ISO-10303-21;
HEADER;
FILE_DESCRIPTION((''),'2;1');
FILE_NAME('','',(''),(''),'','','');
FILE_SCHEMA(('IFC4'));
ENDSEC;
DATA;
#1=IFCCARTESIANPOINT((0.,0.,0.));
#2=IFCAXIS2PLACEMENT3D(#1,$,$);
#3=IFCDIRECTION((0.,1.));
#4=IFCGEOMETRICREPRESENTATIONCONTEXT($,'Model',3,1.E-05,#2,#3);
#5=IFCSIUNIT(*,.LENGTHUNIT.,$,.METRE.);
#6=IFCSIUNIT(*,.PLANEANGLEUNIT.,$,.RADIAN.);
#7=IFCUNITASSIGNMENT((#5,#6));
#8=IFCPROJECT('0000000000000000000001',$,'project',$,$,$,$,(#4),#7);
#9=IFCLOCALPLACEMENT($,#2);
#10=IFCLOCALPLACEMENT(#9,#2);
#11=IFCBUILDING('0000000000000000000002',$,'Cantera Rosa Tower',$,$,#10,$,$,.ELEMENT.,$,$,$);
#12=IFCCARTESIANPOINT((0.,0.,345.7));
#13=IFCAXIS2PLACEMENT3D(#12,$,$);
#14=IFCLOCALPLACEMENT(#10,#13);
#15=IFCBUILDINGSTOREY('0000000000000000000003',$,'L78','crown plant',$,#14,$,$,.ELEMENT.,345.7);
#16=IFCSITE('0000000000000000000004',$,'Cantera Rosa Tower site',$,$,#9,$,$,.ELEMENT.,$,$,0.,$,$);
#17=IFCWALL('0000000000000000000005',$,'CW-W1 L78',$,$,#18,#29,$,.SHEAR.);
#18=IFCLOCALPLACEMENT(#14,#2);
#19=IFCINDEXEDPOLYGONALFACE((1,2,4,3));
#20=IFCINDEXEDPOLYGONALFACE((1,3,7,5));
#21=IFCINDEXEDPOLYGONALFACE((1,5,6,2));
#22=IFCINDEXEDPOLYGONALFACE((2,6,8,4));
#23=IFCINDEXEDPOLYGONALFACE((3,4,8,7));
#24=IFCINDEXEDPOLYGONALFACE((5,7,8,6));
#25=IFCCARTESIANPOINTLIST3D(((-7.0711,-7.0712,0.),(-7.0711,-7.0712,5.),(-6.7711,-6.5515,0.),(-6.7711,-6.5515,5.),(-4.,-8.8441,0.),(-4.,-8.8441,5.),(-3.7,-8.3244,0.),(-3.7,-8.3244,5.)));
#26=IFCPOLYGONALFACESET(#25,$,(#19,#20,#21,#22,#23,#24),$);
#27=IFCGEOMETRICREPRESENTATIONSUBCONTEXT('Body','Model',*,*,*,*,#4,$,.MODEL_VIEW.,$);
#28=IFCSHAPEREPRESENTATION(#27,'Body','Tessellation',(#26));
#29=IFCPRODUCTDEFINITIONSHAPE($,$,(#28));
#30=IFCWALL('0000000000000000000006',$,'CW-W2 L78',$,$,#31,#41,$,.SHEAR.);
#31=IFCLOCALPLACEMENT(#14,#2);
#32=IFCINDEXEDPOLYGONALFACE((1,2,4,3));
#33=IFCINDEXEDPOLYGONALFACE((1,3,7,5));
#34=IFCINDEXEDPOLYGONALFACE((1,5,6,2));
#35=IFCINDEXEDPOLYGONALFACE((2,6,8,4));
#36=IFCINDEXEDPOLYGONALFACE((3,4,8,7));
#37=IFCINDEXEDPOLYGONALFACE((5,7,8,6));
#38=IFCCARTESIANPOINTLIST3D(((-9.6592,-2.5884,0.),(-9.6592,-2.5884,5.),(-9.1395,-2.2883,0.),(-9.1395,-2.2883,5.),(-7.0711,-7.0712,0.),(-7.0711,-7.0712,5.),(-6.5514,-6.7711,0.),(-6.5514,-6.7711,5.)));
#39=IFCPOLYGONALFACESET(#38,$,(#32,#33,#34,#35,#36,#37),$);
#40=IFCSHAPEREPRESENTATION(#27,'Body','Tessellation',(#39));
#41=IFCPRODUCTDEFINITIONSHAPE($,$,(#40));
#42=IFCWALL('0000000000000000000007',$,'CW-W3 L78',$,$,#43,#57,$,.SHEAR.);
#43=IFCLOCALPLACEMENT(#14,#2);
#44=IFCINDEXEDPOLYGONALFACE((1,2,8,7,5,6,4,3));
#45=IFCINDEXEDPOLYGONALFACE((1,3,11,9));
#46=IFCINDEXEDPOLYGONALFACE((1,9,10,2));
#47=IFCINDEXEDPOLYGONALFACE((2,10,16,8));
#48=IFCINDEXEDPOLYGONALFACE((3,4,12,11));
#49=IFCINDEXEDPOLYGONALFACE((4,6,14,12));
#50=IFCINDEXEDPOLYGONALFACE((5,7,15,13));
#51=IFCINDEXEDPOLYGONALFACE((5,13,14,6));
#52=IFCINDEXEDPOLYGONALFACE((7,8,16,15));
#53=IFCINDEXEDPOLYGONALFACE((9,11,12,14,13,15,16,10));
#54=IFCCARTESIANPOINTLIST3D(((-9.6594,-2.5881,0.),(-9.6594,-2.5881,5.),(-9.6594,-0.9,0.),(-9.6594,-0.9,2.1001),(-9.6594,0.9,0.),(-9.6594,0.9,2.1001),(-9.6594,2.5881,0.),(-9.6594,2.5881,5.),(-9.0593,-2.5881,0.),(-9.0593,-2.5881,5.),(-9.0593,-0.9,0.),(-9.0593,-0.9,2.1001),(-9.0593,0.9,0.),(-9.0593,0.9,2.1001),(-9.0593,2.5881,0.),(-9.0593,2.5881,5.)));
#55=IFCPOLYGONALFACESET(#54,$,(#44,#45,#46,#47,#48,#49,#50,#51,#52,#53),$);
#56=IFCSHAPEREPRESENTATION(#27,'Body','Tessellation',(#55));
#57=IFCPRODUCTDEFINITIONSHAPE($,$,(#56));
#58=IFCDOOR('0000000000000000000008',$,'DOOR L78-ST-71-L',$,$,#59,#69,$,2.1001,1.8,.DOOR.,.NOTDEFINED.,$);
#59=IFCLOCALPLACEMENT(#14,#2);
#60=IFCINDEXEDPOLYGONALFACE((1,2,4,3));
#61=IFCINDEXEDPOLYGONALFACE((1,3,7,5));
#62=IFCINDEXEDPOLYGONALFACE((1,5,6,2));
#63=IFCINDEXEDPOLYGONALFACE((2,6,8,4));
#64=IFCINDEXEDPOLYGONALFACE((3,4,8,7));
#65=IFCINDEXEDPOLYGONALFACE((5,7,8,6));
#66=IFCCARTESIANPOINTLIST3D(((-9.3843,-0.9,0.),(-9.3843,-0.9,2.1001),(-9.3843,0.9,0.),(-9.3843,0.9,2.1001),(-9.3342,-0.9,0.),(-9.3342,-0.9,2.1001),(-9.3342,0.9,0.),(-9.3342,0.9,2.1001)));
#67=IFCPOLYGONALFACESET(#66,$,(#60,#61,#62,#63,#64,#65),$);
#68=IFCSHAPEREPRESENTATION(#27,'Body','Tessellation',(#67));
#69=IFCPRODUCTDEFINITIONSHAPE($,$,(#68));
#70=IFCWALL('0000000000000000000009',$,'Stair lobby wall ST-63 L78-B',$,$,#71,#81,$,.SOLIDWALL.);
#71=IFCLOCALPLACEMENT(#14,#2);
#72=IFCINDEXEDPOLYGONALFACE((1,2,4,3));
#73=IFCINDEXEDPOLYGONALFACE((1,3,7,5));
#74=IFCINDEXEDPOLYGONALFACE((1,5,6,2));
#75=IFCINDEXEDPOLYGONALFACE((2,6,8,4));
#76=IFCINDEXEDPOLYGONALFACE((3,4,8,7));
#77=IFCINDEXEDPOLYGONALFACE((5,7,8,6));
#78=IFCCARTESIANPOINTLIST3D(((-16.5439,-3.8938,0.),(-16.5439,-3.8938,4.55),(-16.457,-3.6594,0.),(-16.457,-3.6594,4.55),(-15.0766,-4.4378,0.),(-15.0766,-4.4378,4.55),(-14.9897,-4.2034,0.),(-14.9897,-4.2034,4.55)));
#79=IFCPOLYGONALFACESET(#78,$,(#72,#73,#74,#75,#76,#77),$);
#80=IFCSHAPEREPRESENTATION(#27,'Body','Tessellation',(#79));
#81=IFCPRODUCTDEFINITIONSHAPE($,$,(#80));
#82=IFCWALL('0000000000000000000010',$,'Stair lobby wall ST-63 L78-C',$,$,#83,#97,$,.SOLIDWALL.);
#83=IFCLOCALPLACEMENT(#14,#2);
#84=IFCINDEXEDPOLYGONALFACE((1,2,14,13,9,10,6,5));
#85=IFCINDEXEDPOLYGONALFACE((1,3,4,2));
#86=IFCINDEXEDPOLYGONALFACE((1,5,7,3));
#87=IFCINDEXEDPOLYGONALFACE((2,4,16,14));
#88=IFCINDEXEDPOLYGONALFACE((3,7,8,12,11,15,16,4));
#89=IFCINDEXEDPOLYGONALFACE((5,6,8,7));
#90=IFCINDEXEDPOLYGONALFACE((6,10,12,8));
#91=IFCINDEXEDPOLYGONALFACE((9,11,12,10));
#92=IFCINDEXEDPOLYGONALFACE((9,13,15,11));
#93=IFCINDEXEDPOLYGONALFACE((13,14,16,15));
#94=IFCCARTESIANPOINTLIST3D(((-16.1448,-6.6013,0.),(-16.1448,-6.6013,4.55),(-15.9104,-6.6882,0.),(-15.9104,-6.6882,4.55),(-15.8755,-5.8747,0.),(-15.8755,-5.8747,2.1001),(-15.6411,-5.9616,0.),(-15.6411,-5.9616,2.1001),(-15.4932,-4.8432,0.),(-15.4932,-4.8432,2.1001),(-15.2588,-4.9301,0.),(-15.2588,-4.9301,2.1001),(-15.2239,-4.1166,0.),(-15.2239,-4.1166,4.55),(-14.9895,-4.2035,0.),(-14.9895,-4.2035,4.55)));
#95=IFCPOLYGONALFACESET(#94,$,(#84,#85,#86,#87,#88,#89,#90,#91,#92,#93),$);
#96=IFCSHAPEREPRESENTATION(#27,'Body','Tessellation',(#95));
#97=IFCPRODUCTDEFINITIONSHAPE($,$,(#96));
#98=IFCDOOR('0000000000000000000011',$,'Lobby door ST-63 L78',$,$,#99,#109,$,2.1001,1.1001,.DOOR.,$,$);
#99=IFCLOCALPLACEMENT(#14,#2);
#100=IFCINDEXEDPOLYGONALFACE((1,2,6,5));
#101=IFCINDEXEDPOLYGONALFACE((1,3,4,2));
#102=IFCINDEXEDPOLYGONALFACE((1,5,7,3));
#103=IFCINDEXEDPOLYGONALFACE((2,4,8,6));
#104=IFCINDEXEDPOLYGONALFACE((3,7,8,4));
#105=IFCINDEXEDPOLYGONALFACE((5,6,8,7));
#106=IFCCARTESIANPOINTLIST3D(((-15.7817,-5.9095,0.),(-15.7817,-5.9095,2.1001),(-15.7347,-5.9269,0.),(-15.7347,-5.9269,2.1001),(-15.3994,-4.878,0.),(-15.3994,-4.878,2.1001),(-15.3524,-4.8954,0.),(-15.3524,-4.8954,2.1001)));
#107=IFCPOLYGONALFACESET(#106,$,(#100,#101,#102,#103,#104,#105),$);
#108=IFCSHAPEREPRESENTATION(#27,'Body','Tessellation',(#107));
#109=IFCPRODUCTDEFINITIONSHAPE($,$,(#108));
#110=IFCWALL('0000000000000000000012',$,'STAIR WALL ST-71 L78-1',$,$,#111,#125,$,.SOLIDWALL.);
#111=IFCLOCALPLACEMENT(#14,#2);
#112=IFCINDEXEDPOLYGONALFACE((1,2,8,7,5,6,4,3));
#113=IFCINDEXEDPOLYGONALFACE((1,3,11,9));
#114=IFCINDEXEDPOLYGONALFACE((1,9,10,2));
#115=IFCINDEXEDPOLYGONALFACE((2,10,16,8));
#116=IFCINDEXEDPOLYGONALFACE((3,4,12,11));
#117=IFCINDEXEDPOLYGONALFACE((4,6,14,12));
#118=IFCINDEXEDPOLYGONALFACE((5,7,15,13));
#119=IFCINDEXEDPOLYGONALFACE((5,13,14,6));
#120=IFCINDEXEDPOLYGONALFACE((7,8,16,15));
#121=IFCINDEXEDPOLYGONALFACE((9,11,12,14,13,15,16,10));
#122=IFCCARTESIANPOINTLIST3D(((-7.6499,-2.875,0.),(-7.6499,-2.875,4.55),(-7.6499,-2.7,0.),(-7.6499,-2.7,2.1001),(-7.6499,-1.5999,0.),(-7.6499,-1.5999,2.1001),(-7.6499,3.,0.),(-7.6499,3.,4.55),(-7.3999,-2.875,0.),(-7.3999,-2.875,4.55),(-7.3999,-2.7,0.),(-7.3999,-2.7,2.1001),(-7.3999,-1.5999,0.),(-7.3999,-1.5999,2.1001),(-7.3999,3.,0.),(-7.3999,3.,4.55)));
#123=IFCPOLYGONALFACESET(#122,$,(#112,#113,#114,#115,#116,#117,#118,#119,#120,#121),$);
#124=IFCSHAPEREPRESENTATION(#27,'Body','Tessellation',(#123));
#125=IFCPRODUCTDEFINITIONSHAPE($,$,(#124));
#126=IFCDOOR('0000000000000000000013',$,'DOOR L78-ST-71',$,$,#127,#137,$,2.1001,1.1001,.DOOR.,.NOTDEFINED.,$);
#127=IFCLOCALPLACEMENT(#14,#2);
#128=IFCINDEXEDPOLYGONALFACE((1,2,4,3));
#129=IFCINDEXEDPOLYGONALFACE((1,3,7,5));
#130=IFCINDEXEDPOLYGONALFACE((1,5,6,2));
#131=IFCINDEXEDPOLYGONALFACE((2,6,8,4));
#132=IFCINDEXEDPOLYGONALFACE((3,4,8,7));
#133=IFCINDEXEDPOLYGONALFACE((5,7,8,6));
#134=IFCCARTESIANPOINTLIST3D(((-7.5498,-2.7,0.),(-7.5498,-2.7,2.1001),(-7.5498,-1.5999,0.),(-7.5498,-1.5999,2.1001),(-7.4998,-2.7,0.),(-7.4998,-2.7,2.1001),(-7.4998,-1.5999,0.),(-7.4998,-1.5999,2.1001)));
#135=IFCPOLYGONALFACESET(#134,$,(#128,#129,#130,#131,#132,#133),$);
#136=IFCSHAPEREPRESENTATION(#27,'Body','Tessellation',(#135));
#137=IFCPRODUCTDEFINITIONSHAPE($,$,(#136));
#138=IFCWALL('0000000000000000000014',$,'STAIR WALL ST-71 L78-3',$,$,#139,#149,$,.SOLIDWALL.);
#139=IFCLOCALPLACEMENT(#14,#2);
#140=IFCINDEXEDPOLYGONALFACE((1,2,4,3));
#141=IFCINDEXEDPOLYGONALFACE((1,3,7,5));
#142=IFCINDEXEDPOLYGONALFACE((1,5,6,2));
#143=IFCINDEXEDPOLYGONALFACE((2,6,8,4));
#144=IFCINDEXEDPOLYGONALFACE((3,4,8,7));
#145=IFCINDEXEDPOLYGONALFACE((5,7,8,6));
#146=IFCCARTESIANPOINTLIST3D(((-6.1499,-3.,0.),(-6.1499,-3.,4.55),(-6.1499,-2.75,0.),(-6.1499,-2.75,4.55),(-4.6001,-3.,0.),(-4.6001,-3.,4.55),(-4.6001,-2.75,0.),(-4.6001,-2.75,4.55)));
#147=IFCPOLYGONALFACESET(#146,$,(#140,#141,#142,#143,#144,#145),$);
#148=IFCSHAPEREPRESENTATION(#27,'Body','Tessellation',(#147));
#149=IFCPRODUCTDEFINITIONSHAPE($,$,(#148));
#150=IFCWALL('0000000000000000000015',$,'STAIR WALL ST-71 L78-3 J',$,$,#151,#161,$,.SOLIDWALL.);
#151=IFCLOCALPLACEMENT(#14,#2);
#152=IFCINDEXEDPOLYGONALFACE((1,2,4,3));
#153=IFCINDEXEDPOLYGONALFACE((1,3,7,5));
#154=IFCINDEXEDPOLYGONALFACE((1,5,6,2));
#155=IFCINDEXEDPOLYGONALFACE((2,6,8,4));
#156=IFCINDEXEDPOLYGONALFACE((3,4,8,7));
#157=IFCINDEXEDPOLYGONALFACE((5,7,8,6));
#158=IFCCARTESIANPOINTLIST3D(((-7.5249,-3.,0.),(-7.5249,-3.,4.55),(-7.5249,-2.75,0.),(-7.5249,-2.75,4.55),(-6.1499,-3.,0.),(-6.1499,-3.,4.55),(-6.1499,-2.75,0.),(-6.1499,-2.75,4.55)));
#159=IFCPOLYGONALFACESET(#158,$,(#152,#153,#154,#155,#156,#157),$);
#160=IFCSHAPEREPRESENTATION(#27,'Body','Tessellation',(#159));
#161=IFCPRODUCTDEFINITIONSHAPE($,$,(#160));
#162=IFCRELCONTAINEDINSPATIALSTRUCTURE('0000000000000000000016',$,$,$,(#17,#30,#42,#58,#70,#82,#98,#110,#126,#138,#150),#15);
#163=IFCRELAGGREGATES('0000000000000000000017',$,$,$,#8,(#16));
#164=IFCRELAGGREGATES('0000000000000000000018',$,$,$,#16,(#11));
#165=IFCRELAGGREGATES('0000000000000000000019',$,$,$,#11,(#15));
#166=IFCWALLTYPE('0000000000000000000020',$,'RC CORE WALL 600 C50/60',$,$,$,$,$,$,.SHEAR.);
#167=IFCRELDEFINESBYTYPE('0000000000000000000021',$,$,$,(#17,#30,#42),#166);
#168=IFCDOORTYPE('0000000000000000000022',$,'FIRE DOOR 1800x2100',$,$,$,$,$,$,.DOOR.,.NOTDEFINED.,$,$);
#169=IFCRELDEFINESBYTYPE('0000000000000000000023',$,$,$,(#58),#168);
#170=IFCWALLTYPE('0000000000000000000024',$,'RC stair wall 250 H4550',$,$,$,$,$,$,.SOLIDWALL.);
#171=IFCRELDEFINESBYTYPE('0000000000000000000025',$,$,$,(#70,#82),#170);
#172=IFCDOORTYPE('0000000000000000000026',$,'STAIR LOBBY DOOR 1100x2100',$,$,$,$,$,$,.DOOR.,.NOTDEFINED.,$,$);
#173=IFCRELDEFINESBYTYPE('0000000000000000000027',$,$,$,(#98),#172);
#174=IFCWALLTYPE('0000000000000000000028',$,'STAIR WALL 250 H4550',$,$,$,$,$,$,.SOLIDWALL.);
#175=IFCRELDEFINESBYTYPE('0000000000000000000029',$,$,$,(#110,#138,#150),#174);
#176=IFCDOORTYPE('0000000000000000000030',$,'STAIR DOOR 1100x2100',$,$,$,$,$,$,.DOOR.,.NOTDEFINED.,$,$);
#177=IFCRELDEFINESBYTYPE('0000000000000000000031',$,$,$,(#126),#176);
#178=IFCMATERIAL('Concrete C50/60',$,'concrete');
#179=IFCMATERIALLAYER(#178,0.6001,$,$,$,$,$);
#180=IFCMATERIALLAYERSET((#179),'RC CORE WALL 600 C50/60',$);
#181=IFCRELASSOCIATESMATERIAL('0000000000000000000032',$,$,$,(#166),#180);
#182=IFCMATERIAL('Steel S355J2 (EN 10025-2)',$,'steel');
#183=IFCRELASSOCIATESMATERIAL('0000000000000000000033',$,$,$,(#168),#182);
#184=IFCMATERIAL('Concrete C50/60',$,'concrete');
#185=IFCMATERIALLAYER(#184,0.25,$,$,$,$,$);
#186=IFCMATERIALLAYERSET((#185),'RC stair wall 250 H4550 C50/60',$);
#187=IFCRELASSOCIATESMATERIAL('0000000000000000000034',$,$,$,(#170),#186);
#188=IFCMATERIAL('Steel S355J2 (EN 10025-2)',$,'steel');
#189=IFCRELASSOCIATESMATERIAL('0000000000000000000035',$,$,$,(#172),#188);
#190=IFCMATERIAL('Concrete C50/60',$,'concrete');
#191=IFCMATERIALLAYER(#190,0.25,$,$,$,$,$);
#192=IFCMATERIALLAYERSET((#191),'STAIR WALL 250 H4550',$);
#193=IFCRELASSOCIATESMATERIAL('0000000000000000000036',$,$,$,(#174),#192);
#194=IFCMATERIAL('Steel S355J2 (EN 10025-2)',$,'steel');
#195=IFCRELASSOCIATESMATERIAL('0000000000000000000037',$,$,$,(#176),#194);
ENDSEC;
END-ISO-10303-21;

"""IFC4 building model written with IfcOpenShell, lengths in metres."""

from ifc_helpers import new_model, si_unit, direction, frame, frame_2d, origin, place, context, subcontext, project, spatial, rectangle, extrude, material, layer, layer_set, type_object, element, fill, save


model = new_model("IFC4")

# Units and contexts
model_context = context("Model", 3, precision=1e-05, world=origin(), true_north=direction((0.0, 1.0)))
body_context = subcontext(model_context, "Body", "Model", "MODEL_VIEW")
ifc_project = project(units=[si_unit("LENGTHUNIT", "METRE"), si_unit("PLANEANGLEUNIT", "RADIAN")], contexts=[model_context])

# Site, building, storey
site_placement = place(None, origin())
site = spatial("IfcSite", under=ifc_project, at=site_placement, Name="Cantera Rosa Tower site", CompositionType="ELEMENT", RefElevation=0.0)
building_placement = place(site_placement, origin())
building = spatial("IfcBuilding", under=site, at=building_placement, Name="Cantera Rosa Tower", CompositionType="ELEMENT")
storey_placement = place(building_placement, frame((0.0, 0.0, 345.7)))
storey = spatial("IfcBuildingStorey", under=building, at=storey_placement, Name="L78", Description="crown plant", CompositionType="ELEMENT", Elevation=345.7)

# Walls
ifc_material_1 = material(Name="Concrete C50/60", Category="concrete")
ifc_layer_1 = layer(ifc_material_1, 0.6001)
ifc_layer_set_1 = layer_set([ifc_layer_1], Name="RC CORE WALL 600 C50/60")
wall_type_1 = type_object("IfcWallType", Name="RC CORE WALL 600 C50/60", PredefinedType="SHEAR", material=ifc_layer_set_1)
wall_1_placement = place(storey_placement, frame((-3.8501, -8.5842, 0.0), z_axis=(0.0, 0.0, 1.0), x_axis=(-0.86604, 0.499975, 0.0)))
element("IfcWall", 1, at=wall_1_placement, inside=storey, type_object=wall_type_1, Name="CW-W1 L78", PredefinedType="SHEAR", context=body_context, shape_type="SweptSolid", body=[
    extrude(rectangle(XDim=3.5461, YDim=0.6001, at=frame_2d((1.7729, 0.0))), origin(), (0.0, 0.0, 1.0), 5.0),
])
wall_2_placement = place(storey_placement, frame((-6.8113, -6.9211, 0.0), z_axis=(0.0, 0.0, 1.0), x_axis=(-0.499989, 0.866032, 0.0)))
element("IfcWall", 2, at=wall_2_placement, inside=storey, type_object=wall_type_1, Name="CW-W2 L78", PredefinedType="SHEAR", context=body_context, shape_type="SweptSolid", body=[
    extrude(rectangle(XDim=5.1763, YDim=0.6001, at=frame_2d((2.5881, 0.0))), origin(), (0.0, 0.0, 1.0), 5.0),
])

# Wall, opening, door
wall_3_placement = place(storey_placement, frame((-9.3594, -2.5881, 0.0), z_axis=(0.0, 0.0, 1.0), x_axis=(0.0, 1.0, 0.0)))
wall_3 = element("IfcWall", 3, at=wall_3_placement, inside=storey, type_object=wall_type_1, Name="CW-W3 L78", PredefinedType="SHEAR", context=body_context, shape_type="SweptSolid", body=[
    extrude(rectangle(XDim=5.1763, YDim=0.6001, at=frame_2d((2.5881, 0.0))), origin(), (0.0, 0.0, 1.0), 5.0),
])
opening_1_placement = place(wall_3_placement, frame((1.6882, 0.0, 0.0)))
opening_1 = element("IfcOpeningElement", 4, at=opening_1_placement, cuts=wall_3, PredefinedType="OPENING", context=body_context, shape_type="SweptSolid", body=[
    extrude(rectangle(XDim=1.8, YDim=2.1001, at=frame_2d((0.8999, 1.05))), frame((0.0, 0.3101, 0.0), z_axis=(0.0, -1.0, 0.0), x_axis=(1.0, 0.0, 0.0)), (0.0, 0.0, 1.0), 0.6201),
])
ifc_material_2 = material(Name="Steel S355J2 (EN 10025-2)", Category="steel")
door_type_1 = type_object("IfcDoorType", Name="FIRE DOOR 1800x2100", OperationType="NOTDEFINED", PredefinedType="DOOR", material=ifc_material_2)
door_1_placement = place(opening_1_placement, origin())
door_1 = element("IfcDoor", 5, at=door_1_placement, inside=storey, type_object=door_type_1, Name="DOOR L78-ST-71-L", OperationType="NOTDEFINED", OverallHeight=2.1001, OverallWidth=1.8, PredefinedType="DOOR", context=body_context, shape_type="SweptSolid", body=[
    extrude(rectangle(XDim=1.8, YDim=2.1001, at=frame_2d((0.8999, 1.05))), frame((0.0, 0.0249, 0.0), z_axis=(0.0, -1.0, 0.0), x_axis=(1.0, 0.0, 0.0)), (0.0, 0.0, 1.0), 0.05),
])
fill(opening_1, door_1)

# Wall
ifc_material_3 = material(Name="Concrete C50/60", Category="concrete")
ifc_layer_2 = layer(ifc_material_3, 0.25)
ifc_layer_set_2 = layer_set([ifc_layer_2], Name="RC stair wall 250 H4550 C50/60")
wall_type_2 = type_object("IfcWallType", Name="RC stair wall 250 H4550", PredefinedType="SOLIDWALL", material=ifc_layer_set_2)
wall_4_placement = place(storey_placement, frame((-16.5005, -3.7766, 0.0), z_axis=(0.0, 0.0, 1.0), x_axis=(0.937643, -0.347599, 0.0)))
element("IfcWall", 6, at=wall_4_placement, inside=storey, type_object=wall_type_2, Name="Stair lobby wall ST-63 L78-B", PredefinedType="SOLIDWALL", context=body_context, shape_type="SweptSolid", body=[
    extrude(rectangle(XDim=1.5649, YDim=0.25, at=frame_2d((0.7825, 0.0))), origin(), (0.0, 0.0, 1.0), 4.55),
])

# Walls, openings, doors
wall_5_placement = place(storey_placement, frame((-16.0276, -6.6448, 0.0), z_axis=(0.0, 0.0, 1.0), x_axis=(0.347506, 0.937678, 0.0)))
wall_5 = element("IfcWall", 7, at=wall_5_placement, inside=storey, type_object=wall_type_2, Name="Stair lobby wall ST-63 L78-C", PredefinedType="SOLIDWALL", context=body_context, shape_type="SweptSolid", body=[
    extrude(rectangle(XDim=2.6499, YDim=0.25, at=frame_2d((1.325, 0.0))), origin(), (0.0, 0.0, 1.0), 4.55),
])
opening_2_placement = place(wall_5_placement, frame((0.7749, 0.0, 0.0)))
opening_2 = element("IfcOpeningElement", 8, at=opening_2_placement, cuts=wall_5, PredefinedType="OPENING", context=body_context, shape_type="SweptSolid", body=[
    extrude(rectangle(XDim=1.1001, YDim=2.1001, at=frame_2d((0.55, 1.05))), frame((0.0, 0.135, 0.0), z_axis=(0.0, -1.0, 0.0), x_axis=(1.0, 0.0, 0.0)), (0.0, 0.0, 1.0), 0.27),
])
ifc_material_4 = material(Name="Steel S355J2 (EN 10025-2)", Category="steel")
door_type_2 = type_object("IfcDoorType", Name="STAIR LOBBY DOOR 1100x2100", OperationType="NOTDEFINED", PredefinedType="DOOR", material=ifc_material_4)
door_2_placement = place(opening_2_placement, origin())
door_2 = element("IfcDoor", 9, at=door_2_placement, inside=storey, type_object=door_type_2, Name="Lobby door ST-63 L78", OverallHeight=2.1001, OverallWidth=1.1001, PredefinedType="DOOR", context=body_context, shape_type="SweptSolid", body=[
    extrude(rectangle(XDim=1.1001, YDim=2.1001, at=frame_2d((0.55, 1.05))), frame((0.0, 0.0249, 0.0), z_axis=(0.0, -1.0, 0.0), x_axis=(1.0, 0.0, 0.0)), (0.0, 0.0, 1.0), 0.05),
])
fill(opening_2, door_2)
ifc_material_5 = material(Name="Concrete C50/60", Category="concrete")
ifc_layer_3 = layer(ifc_material_5, 0.25)
ifc_layer_set_3 = layer_set([ifc_layer_3], Name="STAIR WALL 250 H4550")
wall_type_3 = type_object("IfcWallType", Name="STAIR WALL 250 H4550", PredefinedType="SOLIDWALL", material=ifc_layer_set_3)
wall_6_placement = place(storey_placement, frame((-7.5249, -2.875, 0.0), z_axis=(0.0, 0.0, 1.0), x_axis=(0.0, 1.0, 0.0)))
wall_6 = element("IfcWall", 10, at=wall_6_placement, inside=storey, type_object=wall_type_3, Name="STAIR WALL ST-71 L78-1", PredefinedType="SOLIDWALL", context=body_context, shape_type="SweptSolid", body=[
    extrude(rectangle(XDim=5.875, YDim=0.25, at=frame_2d((2.9375, 0.0))), origin(), (0.0, 0.0, 1.0), 4.55),
])
opening_3_placement = place(wall_6_placement, frame((0.175, 0.0, 0.0)))
opening_3 = element("IfcOpeningElement", 11, at=opening_3_placement, cuts=wall_6, PredefinedType="OPENING", context=body_context, shape_type="SweptSolid", body=[
    extrude(rectangle(XDim=1.1001, YDim=2.1001, at=frame_2d((0.55, 1.05))), frame((0.0, 0.135, 0.0), z_axis=(0.0, -1.0, 0.0), x_axis=(1.0, 0.0, 0.0)), (0.0, 0.0, 1.0), 0.27),
])
ifc_material_6 = material(Name="Steel S355J2 (EN 10025-2)", Category="steel")
door_type_3 = type_object("IfcDoorType", Name="STAIR DOOR 1100x2100", OperationType="NOTDEFINED", PredefinedType="DOOR", material=ifc_material_6)
door_3_placement = place(opening_3_placement, origin())
door_3 = element("IfcDoor", 12, at=door_3_placement, inside=storey, type_object=door_type_3, Name="DOOR L78-ST-71", OperationType="NOTDEFINED", OverallHeight=2.1001, OverallWidth=1.1001, PredefinedType="DOOR", context=body_context, shape_type="SweptSolid", body=[
    extrude(rectangle(XDim=1.1001, YDim=2.1001, at=frame_2d((0.55, 1.05))), frame((0.0, 0.0249, 0.0), z_axis=(0.0, -1.0, 0.0), x_axis=(1.0, 0.0, 0.0)), (0.0, 0.0, 1.0), 0.05),
])
fill(opening_3, door_3)

# Walls
wall_7_placement = place(storey_placement, frame((-4.6001, -2.875, 0.0), z_axis=(0.0, 0.0, 1.0), x_axis=(-1.0, 0.0, 0.0)))
element("IfcWall", 13, at=wall_7_placement, inside=storey, type_object=wall_type_3, Name="STAIR WALL ST-71 L78-3", PredefinedType="SOLIDWALL", context=body_context, shape_type="SweptSolid", body=[
    extrude(rectangle(XDim=1.5498, YDim=0.25, at=frame_2d((0.7749, 0.0))), origin(), (0.0, 0.0, 1.0), 4.55),
])
wall_8_placement = place(storey_placement, frame((-6.1499, -2.875, 0.0), z_axis=(0.0, 0.0, 1.0), x_axis=(-1.0, 0.0, 0.0)))
element("IfcWall", 14, at=wall_8_placement, inside=storey, type_object=wall_type_3, Name="STAIR WALL ST-71 L78-3 J", PredefinedType="SOLIDWALL", context=body_context, shape_type="SweptSolid", body=[
    extrude(rectangle(XDim=1.375, YDim=0.25, at=frame_2d((0.6875, 0.0))), origin(), (0.0, 0.0, 1.0), 4.55),
])

save(model, "model.ifc")
